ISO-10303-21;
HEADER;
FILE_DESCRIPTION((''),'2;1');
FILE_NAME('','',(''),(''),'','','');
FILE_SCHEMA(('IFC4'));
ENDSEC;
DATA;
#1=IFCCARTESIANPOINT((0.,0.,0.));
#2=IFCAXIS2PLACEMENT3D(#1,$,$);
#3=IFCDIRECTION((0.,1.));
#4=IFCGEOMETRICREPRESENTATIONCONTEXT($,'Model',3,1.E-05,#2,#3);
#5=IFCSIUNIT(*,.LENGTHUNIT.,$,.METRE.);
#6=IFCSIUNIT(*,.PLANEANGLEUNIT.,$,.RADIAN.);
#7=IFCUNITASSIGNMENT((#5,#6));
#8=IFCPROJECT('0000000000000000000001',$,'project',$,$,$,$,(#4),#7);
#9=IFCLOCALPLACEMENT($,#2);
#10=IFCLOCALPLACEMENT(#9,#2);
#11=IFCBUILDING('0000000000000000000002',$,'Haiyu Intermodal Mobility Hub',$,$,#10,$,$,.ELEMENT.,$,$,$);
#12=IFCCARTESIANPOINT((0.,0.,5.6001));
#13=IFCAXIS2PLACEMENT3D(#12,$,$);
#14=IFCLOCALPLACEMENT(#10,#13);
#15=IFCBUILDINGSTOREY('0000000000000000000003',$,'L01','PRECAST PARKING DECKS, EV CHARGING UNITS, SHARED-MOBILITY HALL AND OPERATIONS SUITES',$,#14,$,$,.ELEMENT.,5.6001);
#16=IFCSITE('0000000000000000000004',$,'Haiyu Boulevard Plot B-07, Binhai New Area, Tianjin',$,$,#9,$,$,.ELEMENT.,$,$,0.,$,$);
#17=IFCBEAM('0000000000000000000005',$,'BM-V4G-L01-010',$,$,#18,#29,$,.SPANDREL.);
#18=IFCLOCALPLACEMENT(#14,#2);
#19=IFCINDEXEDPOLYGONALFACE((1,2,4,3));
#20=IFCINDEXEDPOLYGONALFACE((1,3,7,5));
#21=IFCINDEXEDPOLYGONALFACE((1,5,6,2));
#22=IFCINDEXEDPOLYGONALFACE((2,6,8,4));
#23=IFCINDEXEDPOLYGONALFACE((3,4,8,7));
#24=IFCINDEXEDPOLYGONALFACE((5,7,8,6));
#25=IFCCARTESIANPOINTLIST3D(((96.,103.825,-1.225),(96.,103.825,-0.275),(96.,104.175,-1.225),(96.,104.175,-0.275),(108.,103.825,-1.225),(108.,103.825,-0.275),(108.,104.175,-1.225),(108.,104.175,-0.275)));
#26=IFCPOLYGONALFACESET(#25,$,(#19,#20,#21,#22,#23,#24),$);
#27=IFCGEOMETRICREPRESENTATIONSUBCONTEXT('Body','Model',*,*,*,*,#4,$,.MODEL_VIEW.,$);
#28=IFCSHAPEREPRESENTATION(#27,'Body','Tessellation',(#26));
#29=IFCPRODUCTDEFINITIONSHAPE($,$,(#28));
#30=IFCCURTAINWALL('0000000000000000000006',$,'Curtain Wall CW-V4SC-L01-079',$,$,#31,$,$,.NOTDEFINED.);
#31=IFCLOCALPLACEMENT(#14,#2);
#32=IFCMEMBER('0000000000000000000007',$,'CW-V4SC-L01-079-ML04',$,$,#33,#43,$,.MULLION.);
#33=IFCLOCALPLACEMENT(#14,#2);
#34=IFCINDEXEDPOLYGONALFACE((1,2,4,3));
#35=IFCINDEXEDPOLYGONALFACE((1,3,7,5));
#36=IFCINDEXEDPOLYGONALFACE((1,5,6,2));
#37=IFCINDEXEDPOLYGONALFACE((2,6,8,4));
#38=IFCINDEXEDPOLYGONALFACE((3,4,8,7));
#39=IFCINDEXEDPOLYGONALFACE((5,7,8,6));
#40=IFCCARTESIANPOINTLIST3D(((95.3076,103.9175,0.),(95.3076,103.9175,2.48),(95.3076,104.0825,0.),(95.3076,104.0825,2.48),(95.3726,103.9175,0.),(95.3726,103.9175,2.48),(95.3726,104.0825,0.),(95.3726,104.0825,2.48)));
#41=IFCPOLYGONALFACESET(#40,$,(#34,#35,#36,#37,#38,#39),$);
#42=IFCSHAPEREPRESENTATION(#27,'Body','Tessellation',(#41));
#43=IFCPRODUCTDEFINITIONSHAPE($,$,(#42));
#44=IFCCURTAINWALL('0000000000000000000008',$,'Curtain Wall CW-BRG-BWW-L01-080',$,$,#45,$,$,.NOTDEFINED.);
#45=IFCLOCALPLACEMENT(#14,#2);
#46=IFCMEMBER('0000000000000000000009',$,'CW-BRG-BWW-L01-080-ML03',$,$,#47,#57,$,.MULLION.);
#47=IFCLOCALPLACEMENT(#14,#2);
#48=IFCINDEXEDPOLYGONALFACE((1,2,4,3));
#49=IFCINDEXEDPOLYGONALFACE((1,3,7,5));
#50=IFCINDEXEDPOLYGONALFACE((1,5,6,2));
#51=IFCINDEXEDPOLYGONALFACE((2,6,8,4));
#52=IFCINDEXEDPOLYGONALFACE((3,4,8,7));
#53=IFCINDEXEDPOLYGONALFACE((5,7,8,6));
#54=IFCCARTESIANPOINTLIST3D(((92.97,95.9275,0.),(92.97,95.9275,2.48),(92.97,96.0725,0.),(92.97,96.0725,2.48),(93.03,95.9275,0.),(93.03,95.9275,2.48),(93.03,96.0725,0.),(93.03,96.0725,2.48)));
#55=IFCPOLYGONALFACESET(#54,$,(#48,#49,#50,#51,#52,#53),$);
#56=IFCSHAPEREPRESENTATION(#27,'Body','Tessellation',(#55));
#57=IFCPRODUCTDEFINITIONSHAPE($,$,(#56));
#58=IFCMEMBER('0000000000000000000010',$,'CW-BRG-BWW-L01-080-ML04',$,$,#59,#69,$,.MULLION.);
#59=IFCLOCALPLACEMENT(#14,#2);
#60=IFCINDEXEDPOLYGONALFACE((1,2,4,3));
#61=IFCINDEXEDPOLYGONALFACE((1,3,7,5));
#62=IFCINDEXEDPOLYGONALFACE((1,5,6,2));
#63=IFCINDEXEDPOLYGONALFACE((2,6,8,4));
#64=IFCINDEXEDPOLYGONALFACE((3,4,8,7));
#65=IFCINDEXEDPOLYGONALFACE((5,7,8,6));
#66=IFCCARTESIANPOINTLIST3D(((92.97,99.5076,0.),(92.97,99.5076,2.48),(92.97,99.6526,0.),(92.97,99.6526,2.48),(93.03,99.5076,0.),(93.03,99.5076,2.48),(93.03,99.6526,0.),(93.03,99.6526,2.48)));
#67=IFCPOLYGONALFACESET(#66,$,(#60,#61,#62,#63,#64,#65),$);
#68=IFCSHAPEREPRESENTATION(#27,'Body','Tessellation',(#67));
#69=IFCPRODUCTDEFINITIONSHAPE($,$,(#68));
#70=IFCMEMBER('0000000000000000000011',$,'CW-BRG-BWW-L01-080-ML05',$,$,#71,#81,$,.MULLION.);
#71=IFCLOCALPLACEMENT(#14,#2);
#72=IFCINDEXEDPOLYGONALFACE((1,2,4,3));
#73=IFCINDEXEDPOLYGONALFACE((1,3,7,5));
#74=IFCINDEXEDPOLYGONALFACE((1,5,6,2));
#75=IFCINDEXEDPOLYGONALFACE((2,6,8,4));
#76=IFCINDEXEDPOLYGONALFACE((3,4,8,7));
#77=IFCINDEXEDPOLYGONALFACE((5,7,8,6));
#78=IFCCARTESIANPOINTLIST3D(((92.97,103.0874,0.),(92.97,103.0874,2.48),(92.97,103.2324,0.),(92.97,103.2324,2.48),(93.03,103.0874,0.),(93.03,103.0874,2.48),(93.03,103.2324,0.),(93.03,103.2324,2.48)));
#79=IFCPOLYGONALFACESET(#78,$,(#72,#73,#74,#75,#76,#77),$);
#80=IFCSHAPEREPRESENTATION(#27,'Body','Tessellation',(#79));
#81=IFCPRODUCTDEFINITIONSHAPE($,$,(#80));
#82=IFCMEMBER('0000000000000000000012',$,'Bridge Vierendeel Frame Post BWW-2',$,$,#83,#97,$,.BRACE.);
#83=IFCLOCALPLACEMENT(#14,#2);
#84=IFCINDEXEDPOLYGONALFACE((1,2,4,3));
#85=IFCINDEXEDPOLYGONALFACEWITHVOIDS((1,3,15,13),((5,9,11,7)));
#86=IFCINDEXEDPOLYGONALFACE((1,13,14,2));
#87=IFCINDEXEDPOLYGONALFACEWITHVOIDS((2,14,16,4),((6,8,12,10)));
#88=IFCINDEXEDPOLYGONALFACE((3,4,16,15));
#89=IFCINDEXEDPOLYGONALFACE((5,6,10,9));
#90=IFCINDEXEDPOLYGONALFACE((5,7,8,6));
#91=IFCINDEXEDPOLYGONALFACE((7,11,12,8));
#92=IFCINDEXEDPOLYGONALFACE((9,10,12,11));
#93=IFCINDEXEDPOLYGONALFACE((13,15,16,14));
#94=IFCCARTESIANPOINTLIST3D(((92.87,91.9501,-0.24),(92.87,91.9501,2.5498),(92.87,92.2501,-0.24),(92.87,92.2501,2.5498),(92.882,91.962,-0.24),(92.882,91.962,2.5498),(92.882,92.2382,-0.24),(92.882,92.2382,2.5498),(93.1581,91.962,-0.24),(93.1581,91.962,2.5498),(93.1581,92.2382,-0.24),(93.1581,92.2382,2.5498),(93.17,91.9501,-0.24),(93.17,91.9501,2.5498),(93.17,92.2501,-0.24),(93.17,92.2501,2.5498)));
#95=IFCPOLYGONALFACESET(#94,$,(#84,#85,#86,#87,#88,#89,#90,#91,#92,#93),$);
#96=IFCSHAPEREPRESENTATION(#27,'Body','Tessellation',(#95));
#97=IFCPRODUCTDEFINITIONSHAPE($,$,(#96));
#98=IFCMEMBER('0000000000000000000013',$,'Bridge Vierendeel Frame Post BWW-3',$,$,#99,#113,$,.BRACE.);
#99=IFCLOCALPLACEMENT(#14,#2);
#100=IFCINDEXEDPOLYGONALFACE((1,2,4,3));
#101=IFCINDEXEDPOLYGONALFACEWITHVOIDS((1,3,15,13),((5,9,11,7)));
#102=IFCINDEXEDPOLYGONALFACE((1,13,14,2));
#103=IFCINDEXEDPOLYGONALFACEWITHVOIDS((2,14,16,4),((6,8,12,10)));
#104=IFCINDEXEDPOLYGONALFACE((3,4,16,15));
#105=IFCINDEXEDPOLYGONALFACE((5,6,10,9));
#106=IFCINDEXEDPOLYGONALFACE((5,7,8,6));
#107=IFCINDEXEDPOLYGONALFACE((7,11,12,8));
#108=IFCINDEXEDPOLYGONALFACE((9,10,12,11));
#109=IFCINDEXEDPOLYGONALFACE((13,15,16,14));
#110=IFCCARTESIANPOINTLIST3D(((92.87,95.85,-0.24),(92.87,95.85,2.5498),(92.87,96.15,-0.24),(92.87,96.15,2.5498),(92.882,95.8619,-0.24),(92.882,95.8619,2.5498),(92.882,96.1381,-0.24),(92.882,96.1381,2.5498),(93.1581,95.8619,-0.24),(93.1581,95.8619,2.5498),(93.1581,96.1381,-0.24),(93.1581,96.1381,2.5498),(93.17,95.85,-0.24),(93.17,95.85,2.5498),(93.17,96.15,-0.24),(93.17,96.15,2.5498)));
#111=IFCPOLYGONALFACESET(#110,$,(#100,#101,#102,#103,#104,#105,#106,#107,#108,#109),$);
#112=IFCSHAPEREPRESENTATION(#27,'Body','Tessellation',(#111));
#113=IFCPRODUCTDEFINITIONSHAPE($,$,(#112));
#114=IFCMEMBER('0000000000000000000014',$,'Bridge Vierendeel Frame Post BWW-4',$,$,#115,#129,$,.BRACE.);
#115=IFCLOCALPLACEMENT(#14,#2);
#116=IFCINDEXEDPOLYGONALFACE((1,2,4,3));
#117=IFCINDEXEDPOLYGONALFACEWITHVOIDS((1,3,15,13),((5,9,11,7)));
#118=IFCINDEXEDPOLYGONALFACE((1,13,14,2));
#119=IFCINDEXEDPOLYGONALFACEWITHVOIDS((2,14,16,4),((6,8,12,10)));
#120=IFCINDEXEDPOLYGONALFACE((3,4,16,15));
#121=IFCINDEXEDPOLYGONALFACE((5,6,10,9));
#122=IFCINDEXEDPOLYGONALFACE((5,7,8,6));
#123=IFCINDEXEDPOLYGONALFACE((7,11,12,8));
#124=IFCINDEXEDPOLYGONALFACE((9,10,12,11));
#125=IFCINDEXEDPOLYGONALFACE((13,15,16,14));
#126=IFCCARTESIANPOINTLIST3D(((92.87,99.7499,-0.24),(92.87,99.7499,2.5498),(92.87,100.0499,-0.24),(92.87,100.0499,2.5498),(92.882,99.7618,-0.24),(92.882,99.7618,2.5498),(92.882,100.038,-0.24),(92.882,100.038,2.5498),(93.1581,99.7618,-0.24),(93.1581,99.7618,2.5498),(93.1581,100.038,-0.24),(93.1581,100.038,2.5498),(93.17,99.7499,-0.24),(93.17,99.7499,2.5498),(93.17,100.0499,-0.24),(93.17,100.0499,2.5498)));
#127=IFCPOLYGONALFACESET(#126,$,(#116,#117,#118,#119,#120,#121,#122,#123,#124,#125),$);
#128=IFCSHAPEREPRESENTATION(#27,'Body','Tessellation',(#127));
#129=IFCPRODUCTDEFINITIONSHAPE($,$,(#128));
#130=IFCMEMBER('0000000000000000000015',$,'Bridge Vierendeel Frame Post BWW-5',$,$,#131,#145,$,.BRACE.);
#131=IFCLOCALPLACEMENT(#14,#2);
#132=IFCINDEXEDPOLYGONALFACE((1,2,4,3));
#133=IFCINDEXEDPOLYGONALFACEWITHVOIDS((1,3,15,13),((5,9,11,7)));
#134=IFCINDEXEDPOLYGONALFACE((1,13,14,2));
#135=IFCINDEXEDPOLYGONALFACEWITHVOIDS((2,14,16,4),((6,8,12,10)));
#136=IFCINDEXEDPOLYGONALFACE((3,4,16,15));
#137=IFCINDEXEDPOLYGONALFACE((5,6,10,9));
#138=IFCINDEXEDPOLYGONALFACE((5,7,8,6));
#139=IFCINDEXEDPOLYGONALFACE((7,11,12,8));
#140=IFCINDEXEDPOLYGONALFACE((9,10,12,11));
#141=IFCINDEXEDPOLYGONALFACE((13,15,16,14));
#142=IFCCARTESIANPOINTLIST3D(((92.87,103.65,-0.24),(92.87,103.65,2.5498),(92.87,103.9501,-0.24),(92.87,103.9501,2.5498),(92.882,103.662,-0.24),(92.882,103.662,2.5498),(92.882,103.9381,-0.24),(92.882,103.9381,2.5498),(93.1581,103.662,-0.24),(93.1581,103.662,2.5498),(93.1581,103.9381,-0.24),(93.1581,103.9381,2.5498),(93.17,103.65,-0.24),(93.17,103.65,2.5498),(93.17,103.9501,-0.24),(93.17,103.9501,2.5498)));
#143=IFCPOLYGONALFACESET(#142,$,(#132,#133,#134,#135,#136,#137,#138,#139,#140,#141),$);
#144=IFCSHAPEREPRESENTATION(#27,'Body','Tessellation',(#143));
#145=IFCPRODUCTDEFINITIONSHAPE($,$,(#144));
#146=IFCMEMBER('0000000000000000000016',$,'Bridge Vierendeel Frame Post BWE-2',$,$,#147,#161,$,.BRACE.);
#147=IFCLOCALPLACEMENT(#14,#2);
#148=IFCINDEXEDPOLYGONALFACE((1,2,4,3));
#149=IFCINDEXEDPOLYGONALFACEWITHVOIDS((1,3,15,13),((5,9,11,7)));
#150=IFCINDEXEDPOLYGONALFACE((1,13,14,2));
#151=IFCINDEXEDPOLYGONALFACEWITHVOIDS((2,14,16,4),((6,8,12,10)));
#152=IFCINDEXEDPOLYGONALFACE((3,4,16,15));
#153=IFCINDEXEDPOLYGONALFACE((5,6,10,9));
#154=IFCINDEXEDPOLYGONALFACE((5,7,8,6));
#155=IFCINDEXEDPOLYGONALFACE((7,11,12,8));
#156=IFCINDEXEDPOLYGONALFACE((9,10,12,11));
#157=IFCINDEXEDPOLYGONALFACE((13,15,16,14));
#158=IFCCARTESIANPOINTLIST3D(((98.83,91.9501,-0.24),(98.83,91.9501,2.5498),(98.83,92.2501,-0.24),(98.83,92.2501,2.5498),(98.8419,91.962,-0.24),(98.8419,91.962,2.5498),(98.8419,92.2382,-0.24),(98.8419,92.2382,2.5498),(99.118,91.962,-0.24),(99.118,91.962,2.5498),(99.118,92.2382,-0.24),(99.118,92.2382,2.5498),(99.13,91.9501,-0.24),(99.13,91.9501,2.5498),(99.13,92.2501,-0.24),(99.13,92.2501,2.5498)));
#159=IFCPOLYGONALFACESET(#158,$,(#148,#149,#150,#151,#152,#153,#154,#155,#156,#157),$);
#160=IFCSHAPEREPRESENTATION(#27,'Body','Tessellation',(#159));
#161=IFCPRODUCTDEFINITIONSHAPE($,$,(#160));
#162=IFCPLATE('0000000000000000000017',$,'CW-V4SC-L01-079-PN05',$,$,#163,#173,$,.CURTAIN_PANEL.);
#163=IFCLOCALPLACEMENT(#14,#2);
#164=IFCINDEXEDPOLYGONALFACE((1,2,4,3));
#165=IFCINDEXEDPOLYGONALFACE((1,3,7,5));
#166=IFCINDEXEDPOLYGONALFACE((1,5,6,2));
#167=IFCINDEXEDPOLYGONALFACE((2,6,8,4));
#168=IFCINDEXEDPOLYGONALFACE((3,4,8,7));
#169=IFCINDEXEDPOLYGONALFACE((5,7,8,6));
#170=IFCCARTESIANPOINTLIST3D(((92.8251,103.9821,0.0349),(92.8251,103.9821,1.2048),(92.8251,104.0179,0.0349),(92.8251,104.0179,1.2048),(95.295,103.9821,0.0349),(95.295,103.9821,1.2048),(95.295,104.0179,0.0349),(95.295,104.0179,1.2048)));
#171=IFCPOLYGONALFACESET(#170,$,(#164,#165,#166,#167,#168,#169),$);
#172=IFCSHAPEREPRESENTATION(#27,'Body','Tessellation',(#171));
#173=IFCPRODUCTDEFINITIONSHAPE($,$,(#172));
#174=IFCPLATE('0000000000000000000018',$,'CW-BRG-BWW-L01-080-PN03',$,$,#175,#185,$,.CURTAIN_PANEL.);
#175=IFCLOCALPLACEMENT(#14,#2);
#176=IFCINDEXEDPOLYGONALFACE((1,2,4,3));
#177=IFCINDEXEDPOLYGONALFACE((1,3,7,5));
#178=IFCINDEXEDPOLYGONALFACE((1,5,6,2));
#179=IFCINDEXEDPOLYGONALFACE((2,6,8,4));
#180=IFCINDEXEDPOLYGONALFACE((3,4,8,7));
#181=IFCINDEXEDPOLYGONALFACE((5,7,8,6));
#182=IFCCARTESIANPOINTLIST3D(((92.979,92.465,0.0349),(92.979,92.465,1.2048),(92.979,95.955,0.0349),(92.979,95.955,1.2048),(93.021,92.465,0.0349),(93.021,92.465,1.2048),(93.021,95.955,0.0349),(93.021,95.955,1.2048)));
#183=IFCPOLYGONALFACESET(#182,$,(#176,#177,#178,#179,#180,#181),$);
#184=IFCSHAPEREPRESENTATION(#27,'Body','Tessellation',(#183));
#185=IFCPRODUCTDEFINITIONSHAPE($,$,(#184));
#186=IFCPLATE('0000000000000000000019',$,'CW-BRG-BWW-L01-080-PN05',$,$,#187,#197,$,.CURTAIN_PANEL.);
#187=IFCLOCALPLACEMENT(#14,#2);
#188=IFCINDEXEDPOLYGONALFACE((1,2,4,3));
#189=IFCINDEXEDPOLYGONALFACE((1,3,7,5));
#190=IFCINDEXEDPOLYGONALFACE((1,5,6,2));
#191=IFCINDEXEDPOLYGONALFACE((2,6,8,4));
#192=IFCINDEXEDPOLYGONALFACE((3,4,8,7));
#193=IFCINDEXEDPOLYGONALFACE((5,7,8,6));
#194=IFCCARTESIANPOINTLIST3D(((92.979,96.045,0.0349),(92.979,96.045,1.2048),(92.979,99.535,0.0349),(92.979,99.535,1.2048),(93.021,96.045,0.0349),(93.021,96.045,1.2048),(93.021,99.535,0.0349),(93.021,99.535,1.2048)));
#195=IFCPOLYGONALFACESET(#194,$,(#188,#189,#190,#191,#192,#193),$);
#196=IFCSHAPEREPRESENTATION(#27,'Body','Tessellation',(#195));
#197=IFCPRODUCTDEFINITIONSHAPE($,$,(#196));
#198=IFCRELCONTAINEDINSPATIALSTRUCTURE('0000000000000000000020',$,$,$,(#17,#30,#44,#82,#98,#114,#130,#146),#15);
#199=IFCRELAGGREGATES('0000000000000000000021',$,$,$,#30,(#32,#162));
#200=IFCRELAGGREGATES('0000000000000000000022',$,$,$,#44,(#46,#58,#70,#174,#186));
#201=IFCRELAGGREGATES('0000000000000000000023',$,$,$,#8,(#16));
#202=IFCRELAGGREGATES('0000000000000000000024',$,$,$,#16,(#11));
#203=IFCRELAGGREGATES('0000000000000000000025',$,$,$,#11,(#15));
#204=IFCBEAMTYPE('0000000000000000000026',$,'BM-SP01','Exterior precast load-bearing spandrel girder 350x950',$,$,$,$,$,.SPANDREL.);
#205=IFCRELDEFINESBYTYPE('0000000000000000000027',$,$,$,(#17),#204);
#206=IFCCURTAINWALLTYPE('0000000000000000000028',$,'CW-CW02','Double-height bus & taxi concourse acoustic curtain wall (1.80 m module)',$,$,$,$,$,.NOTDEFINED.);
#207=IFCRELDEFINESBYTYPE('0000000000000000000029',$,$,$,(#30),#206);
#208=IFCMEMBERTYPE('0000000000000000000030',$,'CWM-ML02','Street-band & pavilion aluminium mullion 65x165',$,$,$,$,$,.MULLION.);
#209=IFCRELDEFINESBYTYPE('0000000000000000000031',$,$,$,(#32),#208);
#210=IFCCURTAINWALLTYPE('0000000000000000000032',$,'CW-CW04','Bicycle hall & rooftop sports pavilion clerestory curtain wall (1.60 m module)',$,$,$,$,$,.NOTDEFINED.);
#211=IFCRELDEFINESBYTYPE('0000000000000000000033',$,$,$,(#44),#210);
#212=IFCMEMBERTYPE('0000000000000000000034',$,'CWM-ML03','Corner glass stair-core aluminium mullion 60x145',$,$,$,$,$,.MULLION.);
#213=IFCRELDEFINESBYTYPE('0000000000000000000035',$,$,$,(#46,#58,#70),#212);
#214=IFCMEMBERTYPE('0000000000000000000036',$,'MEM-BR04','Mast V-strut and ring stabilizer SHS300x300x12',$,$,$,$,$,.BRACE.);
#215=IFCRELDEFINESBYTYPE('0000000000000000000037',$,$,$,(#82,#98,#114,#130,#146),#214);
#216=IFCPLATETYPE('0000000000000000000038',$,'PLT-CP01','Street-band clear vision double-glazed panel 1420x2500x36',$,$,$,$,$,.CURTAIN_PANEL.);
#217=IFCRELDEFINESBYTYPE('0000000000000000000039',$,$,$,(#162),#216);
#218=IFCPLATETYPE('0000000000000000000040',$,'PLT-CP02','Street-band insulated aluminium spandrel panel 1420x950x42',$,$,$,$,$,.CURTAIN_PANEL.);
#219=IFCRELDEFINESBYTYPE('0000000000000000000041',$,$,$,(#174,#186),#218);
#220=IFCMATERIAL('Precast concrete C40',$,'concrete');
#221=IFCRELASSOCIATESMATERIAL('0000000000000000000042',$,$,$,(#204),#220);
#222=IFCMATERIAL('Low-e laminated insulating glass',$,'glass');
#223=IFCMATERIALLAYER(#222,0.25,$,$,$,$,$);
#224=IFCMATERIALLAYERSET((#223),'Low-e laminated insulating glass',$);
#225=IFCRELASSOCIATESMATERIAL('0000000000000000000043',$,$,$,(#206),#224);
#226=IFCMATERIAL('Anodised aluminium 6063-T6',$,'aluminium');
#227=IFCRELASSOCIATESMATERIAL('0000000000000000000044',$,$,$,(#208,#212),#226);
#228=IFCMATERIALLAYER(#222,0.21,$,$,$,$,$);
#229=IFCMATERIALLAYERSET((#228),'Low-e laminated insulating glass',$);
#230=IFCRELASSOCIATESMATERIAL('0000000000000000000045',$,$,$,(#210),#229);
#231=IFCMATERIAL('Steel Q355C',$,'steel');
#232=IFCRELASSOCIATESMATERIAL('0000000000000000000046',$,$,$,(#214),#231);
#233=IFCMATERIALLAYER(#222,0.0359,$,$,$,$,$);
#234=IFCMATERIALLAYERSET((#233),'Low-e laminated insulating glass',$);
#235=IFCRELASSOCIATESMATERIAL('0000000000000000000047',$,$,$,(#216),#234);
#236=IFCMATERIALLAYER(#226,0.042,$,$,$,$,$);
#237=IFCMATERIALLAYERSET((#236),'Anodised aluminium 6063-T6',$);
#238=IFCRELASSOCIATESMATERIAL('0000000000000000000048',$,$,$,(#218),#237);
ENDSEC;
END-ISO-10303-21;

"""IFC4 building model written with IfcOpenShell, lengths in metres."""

from ifc_helpers import new_model, si_unit, direction, frame, origin, origin_2d, place, context, subcontext, project, spatial, rectangle, hollow_rectangle, extrude, material, layer, layer_set, material_profile, profile_set, type_object, element, aggregate, save


model = new_model("IFC4")

# Units and contexts
model_context = context("Model", 3, precision=1e-05, world=origin(), true_north=direction((0.0, 1.0)))
body_context = subcontext(model_context, "Body", "Model", "MODEL_VIEW")
ifc_project = project(units=[si_unit("LENGTHUNIT", "METRE"), si_unit("PLANEANGLEUNIT", "RADIAN")], contexts=[model_context])

# Site, building, storey
site_placement = place(None, origin())
site = spatial("IfcSite", under=ifc_project, at=site_placement, Name="Haiyu Boulevard Plot B-07, Binhai New Area, Tianjin", CompositionType="ELEMENT", RefElevation=0.0)
building_placement = place(site_placement, origin())
building = spatial("IfcBuilding", under=site, at=building_placement, Name="Haiyu Intermodal Mobility Hub", CompositionType="ELEMENT")
storey_placement = place(building_placement, frame((0.0, 0.0, 5.6001)))
storey = spatial("IfcBuildingStorey", under=building, at=storey_placement, Name="L01", Description="PRECAST PARKING DECKS, EV CHARGING UNITS, SHARED-MOBILITY HALL AND OPERATIONS SUITES", CompositionType="ELEMENT", Elevation=5.6001)

# Shared definitions
ifc_material_1 = material(Name="Precast concrete C40", Category="concrete")

# Beam
ifc_material_2 = material(Name="Steel Q355C", Category="steel")
ifc_material_profile_1 = material_profile(ifc_material_1, rectangle(XDim=0.3501, YDim=0.95, at=origin_2d()), Name="PC350x950")
ifc_profile_set_1 = profile_set([ifc_material_profile_1], Name="Precast concrete C40")
beam_type_1 = type_object("IfcBeamType", Name="BM-SP01", Description="Exterior precast load-bearing spandrel girder 350x950", PredefinedType="SPANDREL", material=ifc_profile_set_1)
beam_1_placement = place(storey_placement, frame((96.0, 104.0, -0.75), z_axis=(1.0, 0.0, 0.0), x_axis=(0.0, 1.0, 0.0)))
element("IfcBeam", 1, at=beam_1_placement, inside=storey, type_object=beam_type_1, Name="BM-V4G-L01-010", PredefinedType="SPANDREL", context=body_context, shape_type="SweptSolid", body=[
    extrude(rectangle(XDim=0.3501, YDim=0.95, at=origin_2d()), origin(), (0.0, 0.0, 1.0), 12.0),
])

# Curtain wall, member
ifc_material_3 = material(Name="Low-e laminated insulating glass", Category="glass")
ifc_layer_1 = layer(ifc_material_3, 0.25)
ifc_layer_set_1 = layer_set([ifc_layer_1], Name="Low-e laminated insulating glass")
curtain_wall_type_1 = type_object("IfcCurtainWallType", Name="CW-CW02", Description="Double-height bus & taxi concourse acoustic curtain wall (1.80 m module)", PredefinedType="NOTDEFINED", material=ifc_layer_set_1)
curtain_wall_1_placement = place(storey_placement, origin())
curtain_wall_1 = element("IfcCurtainWall", 2, at=curtain_wall_1_placement, inside=storey, type_object=curtain_wall_type_1, Name="Curtain Wall CW-V4SC-L01-079", PredefinedType="NOTDEFINED")
ifc_material_4 = material(Name="Anodised aluminium 6063-T6", Category="aluminium")
ifc_material_profile_2 = material_profile(ifc_material_4, rectangle(XDim=0.0649, YDim=0.165, at=origin_2d()), Name="ALU65x165")
ifc_profile_set_2 = profile_set([ifc_material_profile_2], Name="Anodised aluminium 6063-T6")
member_type_1 = type_object("IfcMemberType", Name="CWM-ML02", Description="Street-band & pavilion aluminium mullion 65x165", PredefinedType="MULLION", material=ifc_profile_set_2)
member_1_placement = place(storey_placement, frame((95.3401, 104.0, 0.0), z_axis=(0.0, 0.0, 1.0), x_axis=(1.0, 0.0, 0.0)))
member_1 = element("IfcMember", 3, at=member_1_placement, type_object=member_type_1, Name="CW-V4SC-L01-079-ML04", PredefinedType="MULLION", context=body_context, shape_type="SweptSolid", body=[
    extrude(rectangle(XDim=0.0649, YDim=0.165, at=origin_2d()), origin(), (0.0, 0.0, 1.0), 2.48),
])

# Curtain wall, members
ifc_layer_2 = layer(ifc_material_3, 0.21)
ifc_layer_set_2 = layer_set([ifc_layer_2], Name="Low-e laminated insulating glass")
curtain_wall_type_2 = type_object("IfcCurtainWallType", Name="CW-CW04", Description="Bicycle hall & rooftop sports pavilion clerestory curtain wall (1.60 m module)", PredefinedType="NOTDEFINED", material=ifc_layer_set_2)
curtain_wall_2_placement = place(storey_placement, origin())
curtain_wall_2 = element("IfcCurtainWall", 4, at=curtain_wall_2_placement, inside=storey, type_object=curtain_wall_type_2, Name="Curtain Wall CW-BRG-BWW-L01-080", PredefinedType="NOTDEFINED")
ifc_material_profile_3 = material_profile(ifc_material_4, rectangle(XDim=0.0601, YDim=0.145, at=origin_2d()), Name="ALU60x145")
ifc_profile_set_3 = profile_set([ifc_material_profile_3], Name="Anodised aluminium 6063-T6")
member_type_2 = type_object("IfcMemberType", Name="CWM-ML03", Description="Corner glass stair-core aluminium mullion 60x145", PredefinedType="MULLION", material=ifc_profile_set_3)
member_2_placement = place(storey_placement, frame((93.0, 96.0, 0.0), z_axis=(0.0, 0.0, 1.0), x_axis=(1.0, 0.0, 0.0)))
member_2 = element("IfcMember", 5, at=member_2_placement, type_object=member_type_2, Name="CW-BRG-BWW-L01-080-ML03", PredefinedType="MULLION", context=body_context, shape_type="SweptSolid", body=[
    extrude(rectangle(XDim=0.0601, YDim=0.145, at=origin_2d()), origin(), (0.0, 0.0, 1.0), 2.48),
])
member_3_placement = place(storey_placement, frame((93.0, 99.5801, 0.0), z_axis=(0.0, 0.0, 1.0), x_axis=(1.0, 0.0, 0.0)))
member_3 = element("IfcMember", 6, at=member_3_placement, type_object=member_type_2, Name="CW-BRG-BWW-L01-080-ML04", PredefinedType="MULLION", context=body_context, shape_type="SweptSolid", body=[
    extrude(rectangle(XDim=0.0601, YDim=0.145, at=origin_2d()), origin(), (0.0, 0.0, 1.0), 2.48),
])
member_4_placement = place(storey_placement, frame((93.0, 103.1599, 0.0), z_axis=(0.0, 0.0, 1.0), x_axis=(1.0, 0.0, 0.0)))
member_4 = element("IfcMember", 7, at=member_4_placement, type_object=member_type_2, Name="CW-BRG-BWW-L01-080-ML05", PredefinedType="MULLION", context=body_context, shape_type="SweptSolid", body=[
    extrude(rectangle(XDim=0.0601, YDim=0.145, at=origin_2d()), origin(), (0.0, 0.0, 1.0), 2.48),
])

# Members
ifc_material_profile_4 = material_profile(ifc_material_2, hollow_rectangle(XDim=0.3, YDim=0.3, WallThickness=0.012, at=origin_2d()), Name="SHS300x300x12")
ifc_profile_set_4 = profile_set([ifc_material_profile_4], Name="Steel Q355C")
member_type_3 = type_object("IfcMemberType", Name="MEM-BR04", Description="Mast V-strut and ring stabilizer SHS300x300x12", PredefinedType="BRACE", material=ifc_profile_set_4)
for number, where, z_axis, x_axis, name in (
    (8, (93.02, 92.1001, -0.24), (0.0, 0.0, 1.0), (1.0, 0.0, 0.0), "Bridge Vierendeel Frame Post BWW-2"),
    (9, (93.02, 96.0, -0.24), (0.0, 0.0, 1.0), (1.0, 0.0, 0.0), "Bridge Vierendeel Frame Post BWW-3"),
    (10, (93.02, 99.8999, -0.24), (0.0, 0.0, 1.0), (1.0, 0.0, 0.0), "Bridge Vierendeel Frame Post BWW-4"),
    (11, (93.02, 103.8, -0.24), (0.0, 0.0, 1.0), (1.0, 0.0, 0.0), "Bridge Vierendeel Frame Post BWW-5"),
    (12, (98.98, 92.1001, -0.24), (0.0, 0.0, 1.0), (1.0, 0.0, 0.0), "Bridge Vierendeel Frame Post BWE-2"),
):
    element("IfcMember", number, at=place(storey_placement, frame(where, z_axis=z_axis, x_axis=x_axis)), inside=storey, type_object=member_type_3, Name=name, PredefinedType="BRACE", context=body_context, shape_type="SweptSolid", body=[
        extrude(hollow_rectangle(XDim=0.3, YDim=0.3, WallThickness=0.012, at=origin_2d()), origin(), (0.0, 0.0, 1.0), 2.7898),
    ])

# Plates
ifc_layer_3 = layer(ifc_material_3, 0.0359)
ifc_layer_set_3 = layer_set([ifc_layer_3], Name="Low-e laminated insulating glass")
plate_type_1 = type_object("IfcPlateType", Name="PLT-CP01", Description="Street-band clear vision double-glazed panel 1420x2500x36", PredefinedType="CURTAIN_PANEL", material=ifc_layer_set_3)
plate_1_placement = place(storey_placement, frame((94.0601, 104.0, 0.0349), z_axis=(0.0, 0.0, 1.0), x_axis=(1.0, 0.0, 0.0)))
plate_1 = element("IfcPlate", 13, at=plate_1_placement, type_object=plate_type_1, Name="CW-V4SC-L01-079-PN05", PredefinedType="CURTAIN_PANEL", context=body_context, shape_type="SweptSolid", body=[
    extrude(rectangle(XDim=2.47, YDim=0.0359, at=origin_2d()), origin(), (0.0, 0.0, 1.0), 1.1699),
])
ifc_layer_4 = layer(ifc_material_4, 0.042)
ifc_layer_set_4 = layer_set([ifc_layer_4], Name="Anodised aluminium 6063-T6")
plate_type_2 = type_object("IfcPlateType", Name="PLT-CP02", Description="Street-band insulated aluminium spandrel panel 1420x950x42", PredefinedType="CURTAIN_PANEL", material=ifc_layer_set_4)
plate_2_placement = place(storey_placement, frame((93.0, 94.21, 0.0349), z_axis=(0.0, 0.0, 1.0), x_axis=(0.0, 1.0, 0.0)))
plate_2 = element("IfcPlate", 14, at=plate_2_placement, type_object=plate_type_2, Name="CW-BRG-BWW-L01-080-PN03", PredefinedType="CURTAIN_PANEL", context=body_context, shape_type="SweptSolid", body=[
    extrude(rectangle(XDim=3.49, YDim=0.042, at=origin_2d()), origin(), (0.0, 0.0, 1.0), 1.1699),
])
plate_3_placement = place(storey_placement, frame((93.0, 97.79, 0.0349), z_axis=(0.0, 0.0, 1.0), x_axis=(0.0, 1.0, 0.0)))
plate_3 = element("IfcPlate", 15, at=plate_3_placement, type_object=plate_type_2, Name="CW-BRG-BWW-L01-080-PN05", PredefinedType="CURTAIN_PANEL", context=body_context, shape_type="SweptSolid", body=[
    extrude(rectangle(XDim=3.49, YDim=0.042, at=origin_2d()), origin(), (0.0, 0.0, 1.0), 1.1699),
])
aggregate(curtain_wall_1, [member_1, plate_1])
aggregate(curtain_wall_2, [member_2, member_3, member_4, plate_2, plate_3])

save(model, "model.ifc")
